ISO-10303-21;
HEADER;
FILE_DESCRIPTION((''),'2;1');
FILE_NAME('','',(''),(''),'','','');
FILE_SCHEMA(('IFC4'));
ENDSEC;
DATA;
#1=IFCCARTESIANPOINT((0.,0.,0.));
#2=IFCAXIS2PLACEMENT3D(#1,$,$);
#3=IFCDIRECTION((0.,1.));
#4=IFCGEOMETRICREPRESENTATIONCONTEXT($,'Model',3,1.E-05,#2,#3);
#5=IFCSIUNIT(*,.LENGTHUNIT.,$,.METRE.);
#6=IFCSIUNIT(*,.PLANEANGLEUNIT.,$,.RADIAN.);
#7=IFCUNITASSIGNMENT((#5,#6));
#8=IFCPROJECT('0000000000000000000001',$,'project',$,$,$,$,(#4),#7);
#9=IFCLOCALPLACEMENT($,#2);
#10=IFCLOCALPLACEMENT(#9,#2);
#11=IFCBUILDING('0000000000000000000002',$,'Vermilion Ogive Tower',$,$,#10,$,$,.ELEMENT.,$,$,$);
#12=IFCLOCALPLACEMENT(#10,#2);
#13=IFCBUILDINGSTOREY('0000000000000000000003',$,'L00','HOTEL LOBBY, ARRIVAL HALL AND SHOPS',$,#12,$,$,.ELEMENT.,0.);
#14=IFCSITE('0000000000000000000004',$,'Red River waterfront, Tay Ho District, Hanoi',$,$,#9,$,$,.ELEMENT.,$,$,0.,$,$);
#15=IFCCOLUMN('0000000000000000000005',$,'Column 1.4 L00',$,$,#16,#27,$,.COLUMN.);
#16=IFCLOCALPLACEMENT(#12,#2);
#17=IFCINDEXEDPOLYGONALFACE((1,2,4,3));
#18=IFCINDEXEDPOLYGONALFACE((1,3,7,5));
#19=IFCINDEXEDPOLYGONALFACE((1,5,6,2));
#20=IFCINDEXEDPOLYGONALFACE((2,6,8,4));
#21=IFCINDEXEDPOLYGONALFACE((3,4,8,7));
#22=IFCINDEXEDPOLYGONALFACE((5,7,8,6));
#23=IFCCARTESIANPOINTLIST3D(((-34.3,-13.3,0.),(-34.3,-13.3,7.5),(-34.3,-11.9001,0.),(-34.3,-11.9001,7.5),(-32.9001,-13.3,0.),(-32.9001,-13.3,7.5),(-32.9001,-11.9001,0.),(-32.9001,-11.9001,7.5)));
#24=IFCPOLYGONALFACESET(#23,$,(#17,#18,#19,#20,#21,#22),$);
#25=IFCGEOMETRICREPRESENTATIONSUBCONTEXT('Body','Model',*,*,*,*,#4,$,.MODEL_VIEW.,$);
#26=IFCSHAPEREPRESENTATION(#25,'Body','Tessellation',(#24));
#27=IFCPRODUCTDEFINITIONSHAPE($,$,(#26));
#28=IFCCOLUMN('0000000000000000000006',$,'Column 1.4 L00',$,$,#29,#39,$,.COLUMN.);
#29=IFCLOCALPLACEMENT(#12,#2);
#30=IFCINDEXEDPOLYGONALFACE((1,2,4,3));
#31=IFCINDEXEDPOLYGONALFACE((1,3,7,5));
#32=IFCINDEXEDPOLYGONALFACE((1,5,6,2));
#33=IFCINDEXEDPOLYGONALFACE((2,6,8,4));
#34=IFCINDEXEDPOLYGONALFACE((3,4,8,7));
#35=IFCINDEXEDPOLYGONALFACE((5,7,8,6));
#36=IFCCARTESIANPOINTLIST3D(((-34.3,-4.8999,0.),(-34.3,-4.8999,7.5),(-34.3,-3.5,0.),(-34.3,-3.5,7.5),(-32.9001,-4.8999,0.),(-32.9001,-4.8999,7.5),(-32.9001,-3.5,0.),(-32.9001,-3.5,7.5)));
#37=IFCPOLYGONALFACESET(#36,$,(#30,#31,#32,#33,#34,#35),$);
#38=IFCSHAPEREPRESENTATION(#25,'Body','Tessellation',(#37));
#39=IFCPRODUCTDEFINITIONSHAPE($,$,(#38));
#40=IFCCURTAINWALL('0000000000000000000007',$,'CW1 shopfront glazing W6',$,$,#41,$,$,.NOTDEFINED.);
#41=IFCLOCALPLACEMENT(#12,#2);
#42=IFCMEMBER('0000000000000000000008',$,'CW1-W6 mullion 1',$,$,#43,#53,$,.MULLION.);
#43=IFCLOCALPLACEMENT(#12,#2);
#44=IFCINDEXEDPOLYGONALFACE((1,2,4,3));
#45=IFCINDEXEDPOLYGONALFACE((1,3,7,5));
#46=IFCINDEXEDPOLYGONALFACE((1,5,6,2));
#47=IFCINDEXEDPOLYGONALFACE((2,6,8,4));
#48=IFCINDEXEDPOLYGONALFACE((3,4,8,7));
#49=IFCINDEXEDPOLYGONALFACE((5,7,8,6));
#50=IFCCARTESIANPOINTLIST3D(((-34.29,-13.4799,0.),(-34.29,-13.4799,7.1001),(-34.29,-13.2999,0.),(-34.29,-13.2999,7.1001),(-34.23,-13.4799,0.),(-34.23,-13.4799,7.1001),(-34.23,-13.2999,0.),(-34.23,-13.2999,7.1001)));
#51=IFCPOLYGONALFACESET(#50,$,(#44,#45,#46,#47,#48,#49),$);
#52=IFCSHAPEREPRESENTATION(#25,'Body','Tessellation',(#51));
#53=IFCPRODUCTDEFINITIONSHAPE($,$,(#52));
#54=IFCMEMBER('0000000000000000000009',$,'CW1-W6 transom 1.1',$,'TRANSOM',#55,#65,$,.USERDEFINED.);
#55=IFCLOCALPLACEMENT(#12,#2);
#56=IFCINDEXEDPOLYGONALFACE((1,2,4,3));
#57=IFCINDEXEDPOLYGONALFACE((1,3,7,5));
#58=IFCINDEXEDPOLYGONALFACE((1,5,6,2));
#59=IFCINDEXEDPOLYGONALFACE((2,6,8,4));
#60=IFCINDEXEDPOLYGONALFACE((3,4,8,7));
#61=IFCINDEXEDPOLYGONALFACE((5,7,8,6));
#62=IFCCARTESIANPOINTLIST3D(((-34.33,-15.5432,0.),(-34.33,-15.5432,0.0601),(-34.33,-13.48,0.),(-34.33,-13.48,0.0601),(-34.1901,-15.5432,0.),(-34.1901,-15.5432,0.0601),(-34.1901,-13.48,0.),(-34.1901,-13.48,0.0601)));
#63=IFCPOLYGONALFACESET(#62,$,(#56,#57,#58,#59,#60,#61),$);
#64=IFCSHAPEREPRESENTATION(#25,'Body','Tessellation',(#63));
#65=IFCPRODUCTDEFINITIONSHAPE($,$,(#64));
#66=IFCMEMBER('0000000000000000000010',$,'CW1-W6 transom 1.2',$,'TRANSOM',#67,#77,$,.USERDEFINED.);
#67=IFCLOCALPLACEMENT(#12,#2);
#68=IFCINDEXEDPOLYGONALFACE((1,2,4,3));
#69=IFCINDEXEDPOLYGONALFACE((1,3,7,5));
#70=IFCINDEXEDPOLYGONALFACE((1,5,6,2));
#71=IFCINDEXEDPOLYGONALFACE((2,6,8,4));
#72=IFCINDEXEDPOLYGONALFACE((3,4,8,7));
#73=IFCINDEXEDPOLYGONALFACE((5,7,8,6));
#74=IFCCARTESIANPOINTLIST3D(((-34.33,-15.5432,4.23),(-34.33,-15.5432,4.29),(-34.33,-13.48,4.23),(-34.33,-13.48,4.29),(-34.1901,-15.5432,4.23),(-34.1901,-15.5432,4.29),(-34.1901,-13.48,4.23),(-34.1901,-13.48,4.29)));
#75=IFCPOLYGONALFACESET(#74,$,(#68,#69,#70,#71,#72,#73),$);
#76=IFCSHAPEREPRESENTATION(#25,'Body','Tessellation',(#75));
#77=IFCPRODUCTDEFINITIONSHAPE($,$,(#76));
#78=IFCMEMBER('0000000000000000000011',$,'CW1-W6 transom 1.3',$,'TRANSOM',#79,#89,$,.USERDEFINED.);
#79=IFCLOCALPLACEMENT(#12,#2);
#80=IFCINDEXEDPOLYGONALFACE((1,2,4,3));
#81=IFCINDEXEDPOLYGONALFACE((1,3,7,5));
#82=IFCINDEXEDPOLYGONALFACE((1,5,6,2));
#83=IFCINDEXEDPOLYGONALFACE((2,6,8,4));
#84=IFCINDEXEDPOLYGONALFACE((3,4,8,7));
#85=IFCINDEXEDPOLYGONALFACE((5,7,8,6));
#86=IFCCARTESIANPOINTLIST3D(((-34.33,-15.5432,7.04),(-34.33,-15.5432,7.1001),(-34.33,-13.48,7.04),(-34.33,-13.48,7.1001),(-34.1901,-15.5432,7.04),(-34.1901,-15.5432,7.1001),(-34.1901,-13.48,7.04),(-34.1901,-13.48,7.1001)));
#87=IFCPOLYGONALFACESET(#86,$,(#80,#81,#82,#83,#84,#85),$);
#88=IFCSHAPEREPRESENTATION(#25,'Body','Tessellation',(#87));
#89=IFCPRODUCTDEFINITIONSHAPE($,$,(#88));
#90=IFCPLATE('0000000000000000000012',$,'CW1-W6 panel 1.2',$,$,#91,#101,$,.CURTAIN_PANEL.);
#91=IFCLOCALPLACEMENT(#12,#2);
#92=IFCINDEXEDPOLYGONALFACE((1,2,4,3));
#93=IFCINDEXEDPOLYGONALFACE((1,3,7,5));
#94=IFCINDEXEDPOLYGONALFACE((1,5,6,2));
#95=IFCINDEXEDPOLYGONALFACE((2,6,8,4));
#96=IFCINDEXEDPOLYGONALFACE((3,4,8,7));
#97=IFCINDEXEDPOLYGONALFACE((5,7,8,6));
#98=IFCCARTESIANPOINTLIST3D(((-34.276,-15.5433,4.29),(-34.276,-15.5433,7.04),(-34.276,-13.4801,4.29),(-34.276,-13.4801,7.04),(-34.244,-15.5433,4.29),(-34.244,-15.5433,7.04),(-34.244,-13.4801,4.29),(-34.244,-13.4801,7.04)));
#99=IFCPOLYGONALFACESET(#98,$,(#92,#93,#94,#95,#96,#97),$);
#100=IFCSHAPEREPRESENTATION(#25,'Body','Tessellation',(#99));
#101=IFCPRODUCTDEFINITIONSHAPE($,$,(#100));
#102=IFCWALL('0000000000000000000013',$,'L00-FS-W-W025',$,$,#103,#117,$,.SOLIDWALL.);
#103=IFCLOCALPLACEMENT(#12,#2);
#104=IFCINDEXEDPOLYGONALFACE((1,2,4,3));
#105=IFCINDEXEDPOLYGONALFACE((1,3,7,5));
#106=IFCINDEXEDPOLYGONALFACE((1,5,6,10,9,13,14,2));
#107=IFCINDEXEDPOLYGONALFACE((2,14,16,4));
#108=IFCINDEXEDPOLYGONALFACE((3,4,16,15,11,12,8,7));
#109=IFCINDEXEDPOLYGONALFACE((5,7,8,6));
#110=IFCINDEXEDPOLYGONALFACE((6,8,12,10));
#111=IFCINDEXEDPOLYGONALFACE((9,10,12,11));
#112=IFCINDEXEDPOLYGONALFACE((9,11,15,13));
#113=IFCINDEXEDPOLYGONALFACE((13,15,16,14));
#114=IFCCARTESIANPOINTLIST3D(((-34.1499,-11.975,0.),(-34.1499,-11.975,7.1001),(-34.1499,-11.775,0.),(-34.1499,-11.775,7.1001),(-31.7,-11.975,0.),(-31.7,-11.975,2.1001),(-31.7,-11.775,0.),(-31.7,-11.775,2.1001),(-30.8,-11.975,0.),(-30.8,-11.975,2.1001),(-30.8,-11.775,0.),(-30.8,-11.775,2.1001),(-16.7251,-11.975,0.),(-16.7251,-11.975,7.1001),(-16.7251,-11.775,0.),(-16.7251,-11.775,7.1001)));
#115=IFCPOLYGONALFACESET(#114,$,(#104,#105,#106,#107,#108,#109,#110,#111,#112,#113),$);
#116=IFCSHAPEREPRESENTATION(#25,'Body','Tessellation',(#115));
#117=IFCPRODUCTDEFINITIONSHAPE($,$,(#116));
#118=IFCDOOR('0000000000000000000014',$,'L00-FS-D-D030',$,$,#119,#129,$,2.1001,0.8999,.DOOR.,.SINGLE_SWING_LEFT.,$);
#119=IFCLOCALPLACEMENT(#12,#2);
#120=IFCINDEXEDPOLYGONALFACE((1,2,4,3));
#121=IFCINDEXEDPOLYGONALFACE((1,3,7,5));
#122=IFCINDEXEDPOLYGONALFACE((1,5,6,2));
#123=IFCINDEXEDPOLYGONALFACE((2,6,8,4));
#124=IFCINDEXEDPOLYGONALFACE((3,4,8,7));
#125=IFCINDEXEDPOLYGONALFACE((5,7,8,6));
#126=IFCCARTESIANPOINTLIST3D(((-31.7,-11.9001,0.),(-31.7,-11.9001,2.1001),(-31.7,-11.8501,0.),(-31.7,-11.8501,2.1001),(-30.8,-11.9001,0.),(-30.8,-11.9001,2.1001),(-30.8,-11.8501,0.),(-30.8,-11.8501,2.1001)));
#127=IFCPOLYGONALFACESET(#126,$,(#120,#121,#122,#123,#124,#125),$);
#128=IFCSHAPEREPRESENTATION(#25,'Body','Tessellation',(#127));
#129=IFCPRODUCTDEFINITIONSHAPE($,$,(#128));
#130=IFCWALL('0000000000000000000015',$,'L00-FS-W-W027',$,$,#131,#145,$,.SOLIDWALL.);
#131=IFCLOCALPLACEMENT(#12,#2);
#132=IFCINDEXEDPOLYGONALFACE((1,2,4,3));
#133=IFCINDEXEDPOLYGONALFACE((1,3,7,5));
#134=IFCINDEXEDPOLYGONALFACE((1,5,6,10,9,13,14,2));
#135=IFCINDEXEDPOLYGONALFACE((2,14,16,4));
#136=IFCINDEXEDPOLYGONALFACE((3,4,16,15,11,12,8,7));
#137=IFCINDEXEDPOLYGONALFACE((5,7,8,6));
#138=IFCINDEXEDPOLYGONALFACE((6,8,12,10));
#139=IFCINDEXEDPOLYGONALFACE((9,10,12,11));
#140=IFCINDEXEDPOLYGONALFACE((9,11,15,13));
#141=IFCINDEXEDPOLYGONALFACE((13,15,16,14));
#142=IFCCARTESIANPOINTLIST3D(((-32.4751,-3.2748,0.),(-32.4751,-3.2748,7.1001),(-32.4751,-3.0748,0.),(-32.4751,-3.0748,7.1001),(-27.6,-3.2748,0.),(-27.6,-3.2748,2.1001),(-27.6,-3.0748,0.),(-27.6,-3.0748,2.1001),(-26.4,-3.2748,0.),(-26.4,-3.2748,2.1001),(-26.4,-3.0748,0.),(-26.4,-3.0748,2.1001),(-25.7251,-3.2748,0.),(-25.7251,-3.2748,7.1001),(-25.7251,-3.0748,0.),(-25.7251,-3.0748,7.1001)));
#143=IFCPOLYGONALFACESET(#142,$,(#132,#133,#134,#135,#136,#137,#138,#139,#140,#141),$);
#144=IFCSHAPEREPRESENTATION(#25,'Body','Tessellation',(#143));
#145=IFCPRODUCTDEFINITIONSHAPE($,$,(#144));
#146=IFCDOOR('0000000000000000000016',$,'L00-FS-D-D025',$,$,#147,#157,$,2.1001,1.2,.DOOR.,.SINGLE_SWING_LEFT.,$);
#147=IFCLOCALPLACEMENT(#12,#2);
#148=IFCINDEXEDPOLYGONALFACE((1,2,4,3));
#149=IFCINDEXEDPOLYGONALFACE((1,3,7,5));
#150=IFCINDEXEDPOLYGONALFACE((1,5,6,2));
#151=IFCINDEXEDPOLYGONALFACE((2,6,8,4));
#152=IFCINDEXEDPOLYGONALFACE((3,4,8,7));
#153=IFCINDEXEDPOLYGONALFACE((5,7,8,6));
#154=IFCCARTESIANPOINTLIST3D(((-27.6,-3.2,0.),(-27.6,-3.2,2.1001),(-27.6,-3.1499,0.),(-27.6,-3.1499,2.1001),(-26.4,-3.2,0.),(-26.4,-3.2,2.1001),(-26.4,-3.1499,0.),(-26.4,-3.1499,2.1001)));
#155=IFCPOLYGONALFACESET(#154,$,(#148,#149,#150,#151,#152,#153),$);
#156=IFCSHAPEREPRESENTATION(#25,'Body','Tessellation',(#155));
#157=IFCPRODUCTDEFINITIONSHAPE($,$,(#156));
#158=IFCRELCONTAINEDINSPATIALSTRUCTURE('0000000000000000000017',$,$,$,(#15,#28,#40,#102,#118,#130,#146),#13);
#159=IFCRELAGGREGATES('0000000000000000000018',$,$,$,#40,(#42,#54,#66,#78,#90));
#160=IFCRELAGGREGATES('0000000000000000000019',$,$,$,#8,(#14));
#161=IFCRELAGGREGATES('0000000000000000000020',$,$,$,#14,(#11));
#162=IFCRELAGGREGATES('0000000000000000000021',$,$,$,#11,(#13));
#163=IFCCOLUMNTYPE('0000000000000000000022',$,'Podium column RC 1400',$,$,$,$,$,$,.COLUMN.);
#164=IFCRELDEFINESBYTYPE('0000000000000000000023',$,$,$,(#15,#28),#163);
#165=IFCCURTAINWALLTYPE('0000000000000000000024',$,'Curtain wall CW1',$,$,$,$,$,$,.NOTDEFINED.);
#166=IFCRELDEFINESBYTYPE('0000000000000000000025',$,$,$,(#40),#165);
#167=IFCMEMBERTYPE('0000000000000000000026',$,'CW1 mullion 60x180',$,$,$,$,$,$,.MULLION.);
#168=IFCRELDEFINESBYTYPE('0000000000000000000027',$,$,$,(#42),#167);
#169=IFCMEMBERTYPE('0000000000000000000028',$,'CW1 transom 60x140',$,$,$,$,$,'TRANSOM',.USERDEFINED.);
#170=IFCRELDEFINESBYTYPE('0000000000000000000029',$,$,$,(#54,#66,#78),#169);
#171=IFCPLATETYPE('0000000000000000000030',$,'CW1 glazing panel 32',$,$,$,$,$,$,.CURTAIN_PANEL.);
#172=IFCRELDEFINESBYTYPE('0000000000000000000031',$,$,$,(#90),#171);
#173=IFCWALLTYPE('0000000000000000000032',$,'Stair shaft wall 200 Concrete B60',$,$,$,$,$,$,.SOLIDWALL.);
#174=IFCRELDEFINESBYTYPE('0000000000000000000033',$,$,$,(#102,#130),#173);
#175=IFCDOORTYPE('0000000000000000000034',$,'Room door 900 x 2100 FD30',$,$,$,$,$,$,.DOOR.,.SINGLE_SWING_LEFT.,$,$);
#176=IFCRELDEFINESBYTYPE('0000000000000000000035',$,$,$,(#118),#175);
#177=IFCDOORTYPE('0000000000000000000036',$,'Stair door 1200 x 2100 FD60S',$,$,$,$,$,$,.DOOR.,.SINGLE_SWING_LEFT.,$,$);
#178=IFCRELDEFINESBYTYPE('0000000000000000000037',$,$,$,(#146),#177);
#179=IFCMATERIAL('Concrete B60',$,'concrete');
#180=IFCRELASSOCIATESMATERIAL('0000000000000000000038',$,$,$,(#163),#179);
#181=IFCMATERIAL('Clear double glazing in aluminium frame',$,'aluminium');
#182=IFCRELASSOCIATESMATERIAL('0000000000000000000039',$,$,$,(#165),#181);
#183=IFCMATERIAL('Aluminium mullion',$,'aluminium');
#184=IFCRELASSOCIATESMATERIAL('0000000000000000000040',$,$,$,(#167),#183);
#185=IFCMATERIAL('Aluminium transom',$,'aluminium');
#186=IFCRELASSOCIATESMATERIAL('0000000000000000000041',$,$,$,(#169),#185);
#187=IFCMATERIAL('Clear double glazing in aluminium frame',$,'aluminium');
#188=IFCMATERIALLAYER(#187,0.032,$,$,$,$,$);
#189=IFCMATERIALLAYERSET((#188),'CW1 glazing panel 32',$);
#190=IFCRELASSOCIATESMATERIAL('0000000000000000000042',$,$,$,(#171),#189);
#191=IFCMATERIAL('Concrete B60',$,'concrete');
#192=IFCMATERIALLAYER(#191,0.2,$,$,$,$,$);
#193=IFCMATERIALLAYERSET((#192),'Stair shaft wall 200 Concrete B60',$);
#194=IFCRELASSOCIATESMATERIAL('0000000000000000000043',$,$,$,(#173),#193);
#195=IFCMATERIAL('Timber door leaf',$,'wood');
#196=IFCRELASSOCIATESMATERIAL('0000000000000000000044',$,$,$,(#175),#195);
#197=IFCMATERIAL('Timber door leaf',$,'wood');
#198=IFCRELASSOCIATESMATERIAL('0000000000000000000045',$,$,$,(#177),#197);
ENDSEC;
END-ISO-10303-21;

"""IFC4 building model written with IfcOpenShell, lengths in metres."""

from ifc_helpers import new_model, si_unit, direction, frame, frame_2d, origin, origin_2d, place, context, subcontext, project, spatial, rectangle, extrude, material, layer, layer_set, material_profile, profile_set, type_object, element, fill, aggregate, save


model = new_model("IFC4")

# Units and contexts
model_context = context("Model", 3, precision=1e-05, world=origin(), true_north=direction((0.0, 1.0)))
body_context = subcontext(model_context, "Body", "Model", "MODEL_VIEW")
ifc_project = project(units=[si_unit("LENGTHUNIT", "METRE"), si_unit("PLANEANGLEUNIT", "RADIAN")], contexts=[model_context])

# Site, building, storey
site_placement = place(None, origin())
site = spatial("IfcSite", under=ifc_project, at=site_placement, Name="Red River waterfront, Tay Ho District, Hanoi", CompositionType="ELEMENT", RefElevation=0.0)
building_placement = place(site_placement, origin())
building = spatial("IfcBuilding", under=site, at=building_placement, Name="Vermilion Ogive Tower", CompositionType="ELEMENT")
storey_placement = place(building_placement, origin())
storey = spatial("IfcBuildingStorey", under=building, at=storey_placement, Name="L00", Description="HOTEL LOBBY, ARRIVAL HALL AND SHOPS", CompositionType="ELEMENT", Elevation=0.0)

# Columns
ifc_material_1 = material(Name="Concrete B60", Category="concrete")
ifc_material_profile_1 = material_profile(ifc_material_1, rectangle(XDim=1.3999, YDim=1.3999, at=origin_2d()), Name="RC 1400x1400")
ifc_profile_set_1 = profile_set([ifc_material_profile_1], Name="Concrete B60")
column_type = type_object("IfcColumnType", Name="Podium column RC 1400", PredefinedType="COLUMN", material=ifc_profile_set_1)
for number, where, z_axis, x_axis, name in (
    (1, (-33.6001, -12.6001, 0.0), (0.0, 0.0, 1.0), (1.0, 0.0, 0.0), "Column 1.4 L00"),
    (2, (-33.6001, -4.2, 0.0), (0.0, 0.0, 1.0), (1.0, 0.0, 0.0), "Column 1.4 L00"),
):
    element("IfcColumn", number, at=place(storey_placement, frame(where, z_axis=z_axis, x_axis=x_axis)), inside=storey, type_object=column_type, Name=name, PredefinedType="COLUMN", context=body_context, shape_type="SweptSolid", body=[
        extrude(rectangle(XDim=1.3999, YDim=1.3999, at=origin_2d()), origin(), (0.0, 0.0, 1.0), 7.5),
    ])

# Curtain wall, members, plate
ifc_material_2 = material(Name="Clear double glazing in aluminium frame", Category="aluminium")
curtain_wall_type = type_object("IfcCurtainWallType", Name="Curtain wall CW1", PredefinedType="NOTDEFINED", material=ifc_material_2)
curtain_wall_placement = place(storey_placement, origin())
curtain_wall = element("IfcCurtainWall", 3, at=curtain_wall_placement, inside=storey, type_object=curtain_wall_type, Name="CW1 shopfront glazing W6", PredefinedType="NOTDEFINED")
ifc_material_3 = material(Name="Aluminium mullion", Category="aluminium")
ifc_material_profile_2 = material_profile(ifc_material_3, rectangle(XDim=0.0601, YDim=0.1799, at=origin_2d()), Name="AL 60x180")
ifc_profile_set_2 = profile_set([ifc_material_profile_2], Name="Aluminium mullion")
member_type_1 = type_object("IfcMemberType", Name="CW1 mullion 60x180", PredefinedType="MULLION", material=ifc_profile_set_2)
member_1_placement = place(storey_placement, frame((-34.26, -13.3899, 0.0), z_axis=(0.0, 0.0, 1.0), x_axis=(1.0, 0.0, 0.0)))
member_1 = element("IfcMember", 4, at=member_1_placement, type_object=member_type_1, Name="CW1-W6 mullion 1", PredefinedType="MULLION", context=body_context, shape_type="SweptSolid", body=[
    extrude(rectangle(XDim=0.0601, YDim=0.1799, at=origin_2d()), origin(), (0.0, 0.0, 1.0), 7.1001),
])
ifc_material_4 = material(Name="Aluminium transom", Category="aluminium")
ifc_material_profile_3 = material_profile(ifc_material_4, rectangle(XDim=0.1399, YDim=0.0601, at=origin_2d()), Name="AL 60x140")
ifc_profile_set_3 = profile_set([ifc_material_profile_3], Name="Aluminium transom")
member_type_2 = type_object("IfcMemberType", Name="CW1 transom 60x140", ElementType="TRANSOM", PredefinedType="USERDEFINED", material=ifc_profile_set_3)
member_2_placement = place(storey_placement, frame((-34.26, -13.48, 0.03), z_axis=(0.0, -1.0, 0.0), x_axis=(1.0, 0.0, 0.0)))
member_2 = element("IfcMember", 5, at=member_2_placement, type_object=member_type_2, Name="CW1-W6 transom 1.1", ObjectType="TRANSOM", PredefinedType="USERDEFINED", context=body_context, shape_type="SweptSolid", body=[
    extrude(rectangle(XDim=0.1399, YDim=0.0601, at=origin_2d()), origin(), (0.0, 0.0, 1.0), 2.0632),
])
member_3_placement = place(storey_placement, frame((-34.26, -13.48, 4.26), z_axis=(0.0, -1.0, 0.0), x_axis=(1.0, 0.0, 0.0)))
member_3 = element("IfcMember", 6, at=member_3_placement, type_object=member_type_2, Name="CW1-W6 transom 1.2", ObjectType="TRANSOM", PredefinedType="USERDEFINED", context=body_context, shape_type="SweptSolid", body=[
    extrude(rectangle(XDim=0.1399, YDim=0.0601, at=origin_2d()), origin(), (0.0, 0.0, 1.0), 2.0632),
])
member_4_placement = place(storey_placement, frame((-34.26, -13.48, 7.0701), z_axis=(0.0, -1.0, 0.0), x_axis=(1.0, 0.0, 0.0)))
member_4 = element("IfcMember", 7, at=member_4_placement, type_object=member_type_2, Name="CW1-W6 transom 1.3", ObjectType="TRANSOM", PredefinedType="USERDEFINED", context=body_context, shape_type="SweptSolid", body=[
    extrude(rectangle(XDim=0.1399, YDim=0.0601, at=origin_2d()), origin(), (0.0, 0.0, 1.0), 2.0632),
])
ifc_material_5 = material(Name="Clear double glazing in aluminium frame", Category="aluminium")
ifc_layer_1 = layer(ifc_material_5, 0.032)
ifc_layer_set_1 = layer_set([ifc_layer_1], Name="CW1 glazing panel 32")
plate_type = type_object("IfcPlateType", Name="CW1 glazing panel 32", PredefinedType="CURTAIN_PANEL", material=ifc_layer_set_1)
plate_placement = place(storey_placement, frame((-34.26, -14.5117, 4.29), z_axis=(0.0, 0.0, 1.0), x_axis=(0.0, -1.0, 0.0)))
plate = element("IfcPlate", 8, at=plate_placement, type_object=plate_type, Name="CW1-W6 panel 1.2", PredefinedType="CURTAIN_PANEL", context=body_context, shape_type="SweptSolid", body=[
    extrude(rectangle(XDim=2.0632, YDim=0.032, at=origin_2d()), origin(), (0.0, 0.0, 1.0), 2.75),
])
aggregate(curtain_wall, [member_1, member_2, member_3, member_4, plate])

# Walls, openings, doors
ifc_material_6 = material(Name="Concrete B60", Category="concrete")
ifc_layer_2 = layer(ifc_material_6, 0.2)
ifc_layer_set_2 = layer_set([ifc_layer_2], Name="Stair shaft wall 200 Concrete B60")
wall_type_1 = type_object("IfcWallType", Name="Stair shaft wall 200 Concrete B60", PredefinedType="SOLIDWALL", material=ifc_layer_set_2)
wall_1_placement = place(storey_placement, frame((-34.1499, -11.875, 0.0), z_axis=(0.0, 0.0, 1.0), x_axis=(1.0, 0.0, 0.0)))
wall_1 = element("IfcWall", 9, at=wall_1_placement, inside=storey, type_object=wall_type_1, Name="L00-FS-W-W025", PredefinedType="SOLIDWALL", context=body_context, shape_type="SweptSolid", body=[
    extrude(rectangle(XDim=17.4248, YDim=0.2, at=frame_2d((8.7124, 0.0))), origin(), (0.0, 0.0, 1.0), 7.1001),
])
opening_1_placement = place(wall_1_placement, frame((2.45, 0.0, 0.0)))
opening_1 = element("IfcOpeningElement", 10, at=opening_1_placement, cuts=wall_1, PredefinedType="OPENING", context=body_context, shape_type="SweptSolid", body=[
    extrude(rectangle(XDim=0.8999, YDim=2.1001, at=frame_2d((0.45, 1.05))), frame((0.0, 0.1099, 0.0), z_axis=(0.0, -1.0, 0.0), x_axis=(1.0, 0.0, 0.0)), (0.0, 0.0, 1.0), 0.22),
])
ifc_material_7 = material(Name="Timber door leaf", Category="wood")
door_type_1 = type_object("IfcDoorType", Name="Room door 900 x 2100 FD30", OperationType="SINGLE_SWING_LEFT", PredefinedType="DOOR", material=ifc_material_7)
door_1_placement = place(opening_1_placement, origin())
door_1 = element("IfcDoor", 11, at=door_1_placement, inside=storey, type_object=door_type_1, Name="L00-FS-D-D030", OperationType="SINGLE_SWING_LEFT", OverallHeight=2.1001, OverallWidth=0.8999, PredefinedType="DOOR", context=body_context, shape_type="SweptSolid", body=[
    extrude(rectangle(XDim=0.8999, YDim=2.1001, at=frame_2d((0.45, 1.05))), frame((0.0, 0.0249, 0.0), z_axis=(0.0, -1.0, 0.0), x_axis=(1.0, 0.0, 0.0)), (0.0, 0.0, 1.0), 0.05),
])
fill(opening_1, door_1)
wall_2_placement = place(storey_placement, frame((-32.4751, -3.1748, 0.0), z_axis=(0.0, 0.0, 1.0), x_axis=(1.0, 0.0, 0.0)))
wall_2 = element("IfcWall", 12, at=wall_2_placement, inside=storey, type_object=wall_type_1, Name="L00-FS-W-W027", PredefinedType="SOLIDWALL", context=body_context, shape_type="SweptSolid", body=[
    extrude(rectangle(XDim=6.75, YDim=0.2, at=frame_2d((3.375, 0.0))), origin(), (0.0, 0.0, 1.0), 7.1001),
])
opening_2_placement = place(wall_2_placement, frame((4.875, 0.0, 0.0)))
opening_2 = element("IfcOpeningElement", 13, at=opening_2_placement, cuts=wall_2, PredefinedType="OPENING", context=body_context, shape_type="SweptSolid", body=[
    extrude(rectangle(XDim=1.2, YDim=2.1001, at=frame_2d((0.6001, 1.05))), frame((0.0, 0.1099, 0.0), z_axis=(0.0, -1.0, 0.0), x_axis=(1.0, 0.0, 0.0)), (0.0, 0.0, 1.0), 0.22),
])
ifc_material_8 = material(Name="Timber door leaf", Category="wood")
door_type_2 = type_object("IfcDoorType", Name="Stair door 1200 x 2100 FD60S", OperationType="SINGLE_SWING_LEFT", PredefinedType="DOOR", material=ifc_material_8)
door_2_placement = place(opening_2_placement, origin())
door_2 = element("IfcDoor", 14, at=door_2_placement, inside=storey, type_object=door_type_2, Name="L00-FS-D-D025", OperationType="SINGLE_SWING_LEFT", OverallHeight=2.1001, OverallWidth=1.2, PredefinedType="DOOR", context=body_context, shape_type="SweptSolid", body=[
    extrude(rectangle(XDim=1.2, YDim=2.1001, at=frame_2d((0.6001, 1.05))), frame((0.0, 0.0249, 0.0), z_axis=(0.0, -1.0, 0.0), x_axis=(1.0, 0.0, 0.0)), (0.0, 0.0, 1.0), 0.05),
])
fill(opening_2, door_2)

save(model, "model.ifc")
